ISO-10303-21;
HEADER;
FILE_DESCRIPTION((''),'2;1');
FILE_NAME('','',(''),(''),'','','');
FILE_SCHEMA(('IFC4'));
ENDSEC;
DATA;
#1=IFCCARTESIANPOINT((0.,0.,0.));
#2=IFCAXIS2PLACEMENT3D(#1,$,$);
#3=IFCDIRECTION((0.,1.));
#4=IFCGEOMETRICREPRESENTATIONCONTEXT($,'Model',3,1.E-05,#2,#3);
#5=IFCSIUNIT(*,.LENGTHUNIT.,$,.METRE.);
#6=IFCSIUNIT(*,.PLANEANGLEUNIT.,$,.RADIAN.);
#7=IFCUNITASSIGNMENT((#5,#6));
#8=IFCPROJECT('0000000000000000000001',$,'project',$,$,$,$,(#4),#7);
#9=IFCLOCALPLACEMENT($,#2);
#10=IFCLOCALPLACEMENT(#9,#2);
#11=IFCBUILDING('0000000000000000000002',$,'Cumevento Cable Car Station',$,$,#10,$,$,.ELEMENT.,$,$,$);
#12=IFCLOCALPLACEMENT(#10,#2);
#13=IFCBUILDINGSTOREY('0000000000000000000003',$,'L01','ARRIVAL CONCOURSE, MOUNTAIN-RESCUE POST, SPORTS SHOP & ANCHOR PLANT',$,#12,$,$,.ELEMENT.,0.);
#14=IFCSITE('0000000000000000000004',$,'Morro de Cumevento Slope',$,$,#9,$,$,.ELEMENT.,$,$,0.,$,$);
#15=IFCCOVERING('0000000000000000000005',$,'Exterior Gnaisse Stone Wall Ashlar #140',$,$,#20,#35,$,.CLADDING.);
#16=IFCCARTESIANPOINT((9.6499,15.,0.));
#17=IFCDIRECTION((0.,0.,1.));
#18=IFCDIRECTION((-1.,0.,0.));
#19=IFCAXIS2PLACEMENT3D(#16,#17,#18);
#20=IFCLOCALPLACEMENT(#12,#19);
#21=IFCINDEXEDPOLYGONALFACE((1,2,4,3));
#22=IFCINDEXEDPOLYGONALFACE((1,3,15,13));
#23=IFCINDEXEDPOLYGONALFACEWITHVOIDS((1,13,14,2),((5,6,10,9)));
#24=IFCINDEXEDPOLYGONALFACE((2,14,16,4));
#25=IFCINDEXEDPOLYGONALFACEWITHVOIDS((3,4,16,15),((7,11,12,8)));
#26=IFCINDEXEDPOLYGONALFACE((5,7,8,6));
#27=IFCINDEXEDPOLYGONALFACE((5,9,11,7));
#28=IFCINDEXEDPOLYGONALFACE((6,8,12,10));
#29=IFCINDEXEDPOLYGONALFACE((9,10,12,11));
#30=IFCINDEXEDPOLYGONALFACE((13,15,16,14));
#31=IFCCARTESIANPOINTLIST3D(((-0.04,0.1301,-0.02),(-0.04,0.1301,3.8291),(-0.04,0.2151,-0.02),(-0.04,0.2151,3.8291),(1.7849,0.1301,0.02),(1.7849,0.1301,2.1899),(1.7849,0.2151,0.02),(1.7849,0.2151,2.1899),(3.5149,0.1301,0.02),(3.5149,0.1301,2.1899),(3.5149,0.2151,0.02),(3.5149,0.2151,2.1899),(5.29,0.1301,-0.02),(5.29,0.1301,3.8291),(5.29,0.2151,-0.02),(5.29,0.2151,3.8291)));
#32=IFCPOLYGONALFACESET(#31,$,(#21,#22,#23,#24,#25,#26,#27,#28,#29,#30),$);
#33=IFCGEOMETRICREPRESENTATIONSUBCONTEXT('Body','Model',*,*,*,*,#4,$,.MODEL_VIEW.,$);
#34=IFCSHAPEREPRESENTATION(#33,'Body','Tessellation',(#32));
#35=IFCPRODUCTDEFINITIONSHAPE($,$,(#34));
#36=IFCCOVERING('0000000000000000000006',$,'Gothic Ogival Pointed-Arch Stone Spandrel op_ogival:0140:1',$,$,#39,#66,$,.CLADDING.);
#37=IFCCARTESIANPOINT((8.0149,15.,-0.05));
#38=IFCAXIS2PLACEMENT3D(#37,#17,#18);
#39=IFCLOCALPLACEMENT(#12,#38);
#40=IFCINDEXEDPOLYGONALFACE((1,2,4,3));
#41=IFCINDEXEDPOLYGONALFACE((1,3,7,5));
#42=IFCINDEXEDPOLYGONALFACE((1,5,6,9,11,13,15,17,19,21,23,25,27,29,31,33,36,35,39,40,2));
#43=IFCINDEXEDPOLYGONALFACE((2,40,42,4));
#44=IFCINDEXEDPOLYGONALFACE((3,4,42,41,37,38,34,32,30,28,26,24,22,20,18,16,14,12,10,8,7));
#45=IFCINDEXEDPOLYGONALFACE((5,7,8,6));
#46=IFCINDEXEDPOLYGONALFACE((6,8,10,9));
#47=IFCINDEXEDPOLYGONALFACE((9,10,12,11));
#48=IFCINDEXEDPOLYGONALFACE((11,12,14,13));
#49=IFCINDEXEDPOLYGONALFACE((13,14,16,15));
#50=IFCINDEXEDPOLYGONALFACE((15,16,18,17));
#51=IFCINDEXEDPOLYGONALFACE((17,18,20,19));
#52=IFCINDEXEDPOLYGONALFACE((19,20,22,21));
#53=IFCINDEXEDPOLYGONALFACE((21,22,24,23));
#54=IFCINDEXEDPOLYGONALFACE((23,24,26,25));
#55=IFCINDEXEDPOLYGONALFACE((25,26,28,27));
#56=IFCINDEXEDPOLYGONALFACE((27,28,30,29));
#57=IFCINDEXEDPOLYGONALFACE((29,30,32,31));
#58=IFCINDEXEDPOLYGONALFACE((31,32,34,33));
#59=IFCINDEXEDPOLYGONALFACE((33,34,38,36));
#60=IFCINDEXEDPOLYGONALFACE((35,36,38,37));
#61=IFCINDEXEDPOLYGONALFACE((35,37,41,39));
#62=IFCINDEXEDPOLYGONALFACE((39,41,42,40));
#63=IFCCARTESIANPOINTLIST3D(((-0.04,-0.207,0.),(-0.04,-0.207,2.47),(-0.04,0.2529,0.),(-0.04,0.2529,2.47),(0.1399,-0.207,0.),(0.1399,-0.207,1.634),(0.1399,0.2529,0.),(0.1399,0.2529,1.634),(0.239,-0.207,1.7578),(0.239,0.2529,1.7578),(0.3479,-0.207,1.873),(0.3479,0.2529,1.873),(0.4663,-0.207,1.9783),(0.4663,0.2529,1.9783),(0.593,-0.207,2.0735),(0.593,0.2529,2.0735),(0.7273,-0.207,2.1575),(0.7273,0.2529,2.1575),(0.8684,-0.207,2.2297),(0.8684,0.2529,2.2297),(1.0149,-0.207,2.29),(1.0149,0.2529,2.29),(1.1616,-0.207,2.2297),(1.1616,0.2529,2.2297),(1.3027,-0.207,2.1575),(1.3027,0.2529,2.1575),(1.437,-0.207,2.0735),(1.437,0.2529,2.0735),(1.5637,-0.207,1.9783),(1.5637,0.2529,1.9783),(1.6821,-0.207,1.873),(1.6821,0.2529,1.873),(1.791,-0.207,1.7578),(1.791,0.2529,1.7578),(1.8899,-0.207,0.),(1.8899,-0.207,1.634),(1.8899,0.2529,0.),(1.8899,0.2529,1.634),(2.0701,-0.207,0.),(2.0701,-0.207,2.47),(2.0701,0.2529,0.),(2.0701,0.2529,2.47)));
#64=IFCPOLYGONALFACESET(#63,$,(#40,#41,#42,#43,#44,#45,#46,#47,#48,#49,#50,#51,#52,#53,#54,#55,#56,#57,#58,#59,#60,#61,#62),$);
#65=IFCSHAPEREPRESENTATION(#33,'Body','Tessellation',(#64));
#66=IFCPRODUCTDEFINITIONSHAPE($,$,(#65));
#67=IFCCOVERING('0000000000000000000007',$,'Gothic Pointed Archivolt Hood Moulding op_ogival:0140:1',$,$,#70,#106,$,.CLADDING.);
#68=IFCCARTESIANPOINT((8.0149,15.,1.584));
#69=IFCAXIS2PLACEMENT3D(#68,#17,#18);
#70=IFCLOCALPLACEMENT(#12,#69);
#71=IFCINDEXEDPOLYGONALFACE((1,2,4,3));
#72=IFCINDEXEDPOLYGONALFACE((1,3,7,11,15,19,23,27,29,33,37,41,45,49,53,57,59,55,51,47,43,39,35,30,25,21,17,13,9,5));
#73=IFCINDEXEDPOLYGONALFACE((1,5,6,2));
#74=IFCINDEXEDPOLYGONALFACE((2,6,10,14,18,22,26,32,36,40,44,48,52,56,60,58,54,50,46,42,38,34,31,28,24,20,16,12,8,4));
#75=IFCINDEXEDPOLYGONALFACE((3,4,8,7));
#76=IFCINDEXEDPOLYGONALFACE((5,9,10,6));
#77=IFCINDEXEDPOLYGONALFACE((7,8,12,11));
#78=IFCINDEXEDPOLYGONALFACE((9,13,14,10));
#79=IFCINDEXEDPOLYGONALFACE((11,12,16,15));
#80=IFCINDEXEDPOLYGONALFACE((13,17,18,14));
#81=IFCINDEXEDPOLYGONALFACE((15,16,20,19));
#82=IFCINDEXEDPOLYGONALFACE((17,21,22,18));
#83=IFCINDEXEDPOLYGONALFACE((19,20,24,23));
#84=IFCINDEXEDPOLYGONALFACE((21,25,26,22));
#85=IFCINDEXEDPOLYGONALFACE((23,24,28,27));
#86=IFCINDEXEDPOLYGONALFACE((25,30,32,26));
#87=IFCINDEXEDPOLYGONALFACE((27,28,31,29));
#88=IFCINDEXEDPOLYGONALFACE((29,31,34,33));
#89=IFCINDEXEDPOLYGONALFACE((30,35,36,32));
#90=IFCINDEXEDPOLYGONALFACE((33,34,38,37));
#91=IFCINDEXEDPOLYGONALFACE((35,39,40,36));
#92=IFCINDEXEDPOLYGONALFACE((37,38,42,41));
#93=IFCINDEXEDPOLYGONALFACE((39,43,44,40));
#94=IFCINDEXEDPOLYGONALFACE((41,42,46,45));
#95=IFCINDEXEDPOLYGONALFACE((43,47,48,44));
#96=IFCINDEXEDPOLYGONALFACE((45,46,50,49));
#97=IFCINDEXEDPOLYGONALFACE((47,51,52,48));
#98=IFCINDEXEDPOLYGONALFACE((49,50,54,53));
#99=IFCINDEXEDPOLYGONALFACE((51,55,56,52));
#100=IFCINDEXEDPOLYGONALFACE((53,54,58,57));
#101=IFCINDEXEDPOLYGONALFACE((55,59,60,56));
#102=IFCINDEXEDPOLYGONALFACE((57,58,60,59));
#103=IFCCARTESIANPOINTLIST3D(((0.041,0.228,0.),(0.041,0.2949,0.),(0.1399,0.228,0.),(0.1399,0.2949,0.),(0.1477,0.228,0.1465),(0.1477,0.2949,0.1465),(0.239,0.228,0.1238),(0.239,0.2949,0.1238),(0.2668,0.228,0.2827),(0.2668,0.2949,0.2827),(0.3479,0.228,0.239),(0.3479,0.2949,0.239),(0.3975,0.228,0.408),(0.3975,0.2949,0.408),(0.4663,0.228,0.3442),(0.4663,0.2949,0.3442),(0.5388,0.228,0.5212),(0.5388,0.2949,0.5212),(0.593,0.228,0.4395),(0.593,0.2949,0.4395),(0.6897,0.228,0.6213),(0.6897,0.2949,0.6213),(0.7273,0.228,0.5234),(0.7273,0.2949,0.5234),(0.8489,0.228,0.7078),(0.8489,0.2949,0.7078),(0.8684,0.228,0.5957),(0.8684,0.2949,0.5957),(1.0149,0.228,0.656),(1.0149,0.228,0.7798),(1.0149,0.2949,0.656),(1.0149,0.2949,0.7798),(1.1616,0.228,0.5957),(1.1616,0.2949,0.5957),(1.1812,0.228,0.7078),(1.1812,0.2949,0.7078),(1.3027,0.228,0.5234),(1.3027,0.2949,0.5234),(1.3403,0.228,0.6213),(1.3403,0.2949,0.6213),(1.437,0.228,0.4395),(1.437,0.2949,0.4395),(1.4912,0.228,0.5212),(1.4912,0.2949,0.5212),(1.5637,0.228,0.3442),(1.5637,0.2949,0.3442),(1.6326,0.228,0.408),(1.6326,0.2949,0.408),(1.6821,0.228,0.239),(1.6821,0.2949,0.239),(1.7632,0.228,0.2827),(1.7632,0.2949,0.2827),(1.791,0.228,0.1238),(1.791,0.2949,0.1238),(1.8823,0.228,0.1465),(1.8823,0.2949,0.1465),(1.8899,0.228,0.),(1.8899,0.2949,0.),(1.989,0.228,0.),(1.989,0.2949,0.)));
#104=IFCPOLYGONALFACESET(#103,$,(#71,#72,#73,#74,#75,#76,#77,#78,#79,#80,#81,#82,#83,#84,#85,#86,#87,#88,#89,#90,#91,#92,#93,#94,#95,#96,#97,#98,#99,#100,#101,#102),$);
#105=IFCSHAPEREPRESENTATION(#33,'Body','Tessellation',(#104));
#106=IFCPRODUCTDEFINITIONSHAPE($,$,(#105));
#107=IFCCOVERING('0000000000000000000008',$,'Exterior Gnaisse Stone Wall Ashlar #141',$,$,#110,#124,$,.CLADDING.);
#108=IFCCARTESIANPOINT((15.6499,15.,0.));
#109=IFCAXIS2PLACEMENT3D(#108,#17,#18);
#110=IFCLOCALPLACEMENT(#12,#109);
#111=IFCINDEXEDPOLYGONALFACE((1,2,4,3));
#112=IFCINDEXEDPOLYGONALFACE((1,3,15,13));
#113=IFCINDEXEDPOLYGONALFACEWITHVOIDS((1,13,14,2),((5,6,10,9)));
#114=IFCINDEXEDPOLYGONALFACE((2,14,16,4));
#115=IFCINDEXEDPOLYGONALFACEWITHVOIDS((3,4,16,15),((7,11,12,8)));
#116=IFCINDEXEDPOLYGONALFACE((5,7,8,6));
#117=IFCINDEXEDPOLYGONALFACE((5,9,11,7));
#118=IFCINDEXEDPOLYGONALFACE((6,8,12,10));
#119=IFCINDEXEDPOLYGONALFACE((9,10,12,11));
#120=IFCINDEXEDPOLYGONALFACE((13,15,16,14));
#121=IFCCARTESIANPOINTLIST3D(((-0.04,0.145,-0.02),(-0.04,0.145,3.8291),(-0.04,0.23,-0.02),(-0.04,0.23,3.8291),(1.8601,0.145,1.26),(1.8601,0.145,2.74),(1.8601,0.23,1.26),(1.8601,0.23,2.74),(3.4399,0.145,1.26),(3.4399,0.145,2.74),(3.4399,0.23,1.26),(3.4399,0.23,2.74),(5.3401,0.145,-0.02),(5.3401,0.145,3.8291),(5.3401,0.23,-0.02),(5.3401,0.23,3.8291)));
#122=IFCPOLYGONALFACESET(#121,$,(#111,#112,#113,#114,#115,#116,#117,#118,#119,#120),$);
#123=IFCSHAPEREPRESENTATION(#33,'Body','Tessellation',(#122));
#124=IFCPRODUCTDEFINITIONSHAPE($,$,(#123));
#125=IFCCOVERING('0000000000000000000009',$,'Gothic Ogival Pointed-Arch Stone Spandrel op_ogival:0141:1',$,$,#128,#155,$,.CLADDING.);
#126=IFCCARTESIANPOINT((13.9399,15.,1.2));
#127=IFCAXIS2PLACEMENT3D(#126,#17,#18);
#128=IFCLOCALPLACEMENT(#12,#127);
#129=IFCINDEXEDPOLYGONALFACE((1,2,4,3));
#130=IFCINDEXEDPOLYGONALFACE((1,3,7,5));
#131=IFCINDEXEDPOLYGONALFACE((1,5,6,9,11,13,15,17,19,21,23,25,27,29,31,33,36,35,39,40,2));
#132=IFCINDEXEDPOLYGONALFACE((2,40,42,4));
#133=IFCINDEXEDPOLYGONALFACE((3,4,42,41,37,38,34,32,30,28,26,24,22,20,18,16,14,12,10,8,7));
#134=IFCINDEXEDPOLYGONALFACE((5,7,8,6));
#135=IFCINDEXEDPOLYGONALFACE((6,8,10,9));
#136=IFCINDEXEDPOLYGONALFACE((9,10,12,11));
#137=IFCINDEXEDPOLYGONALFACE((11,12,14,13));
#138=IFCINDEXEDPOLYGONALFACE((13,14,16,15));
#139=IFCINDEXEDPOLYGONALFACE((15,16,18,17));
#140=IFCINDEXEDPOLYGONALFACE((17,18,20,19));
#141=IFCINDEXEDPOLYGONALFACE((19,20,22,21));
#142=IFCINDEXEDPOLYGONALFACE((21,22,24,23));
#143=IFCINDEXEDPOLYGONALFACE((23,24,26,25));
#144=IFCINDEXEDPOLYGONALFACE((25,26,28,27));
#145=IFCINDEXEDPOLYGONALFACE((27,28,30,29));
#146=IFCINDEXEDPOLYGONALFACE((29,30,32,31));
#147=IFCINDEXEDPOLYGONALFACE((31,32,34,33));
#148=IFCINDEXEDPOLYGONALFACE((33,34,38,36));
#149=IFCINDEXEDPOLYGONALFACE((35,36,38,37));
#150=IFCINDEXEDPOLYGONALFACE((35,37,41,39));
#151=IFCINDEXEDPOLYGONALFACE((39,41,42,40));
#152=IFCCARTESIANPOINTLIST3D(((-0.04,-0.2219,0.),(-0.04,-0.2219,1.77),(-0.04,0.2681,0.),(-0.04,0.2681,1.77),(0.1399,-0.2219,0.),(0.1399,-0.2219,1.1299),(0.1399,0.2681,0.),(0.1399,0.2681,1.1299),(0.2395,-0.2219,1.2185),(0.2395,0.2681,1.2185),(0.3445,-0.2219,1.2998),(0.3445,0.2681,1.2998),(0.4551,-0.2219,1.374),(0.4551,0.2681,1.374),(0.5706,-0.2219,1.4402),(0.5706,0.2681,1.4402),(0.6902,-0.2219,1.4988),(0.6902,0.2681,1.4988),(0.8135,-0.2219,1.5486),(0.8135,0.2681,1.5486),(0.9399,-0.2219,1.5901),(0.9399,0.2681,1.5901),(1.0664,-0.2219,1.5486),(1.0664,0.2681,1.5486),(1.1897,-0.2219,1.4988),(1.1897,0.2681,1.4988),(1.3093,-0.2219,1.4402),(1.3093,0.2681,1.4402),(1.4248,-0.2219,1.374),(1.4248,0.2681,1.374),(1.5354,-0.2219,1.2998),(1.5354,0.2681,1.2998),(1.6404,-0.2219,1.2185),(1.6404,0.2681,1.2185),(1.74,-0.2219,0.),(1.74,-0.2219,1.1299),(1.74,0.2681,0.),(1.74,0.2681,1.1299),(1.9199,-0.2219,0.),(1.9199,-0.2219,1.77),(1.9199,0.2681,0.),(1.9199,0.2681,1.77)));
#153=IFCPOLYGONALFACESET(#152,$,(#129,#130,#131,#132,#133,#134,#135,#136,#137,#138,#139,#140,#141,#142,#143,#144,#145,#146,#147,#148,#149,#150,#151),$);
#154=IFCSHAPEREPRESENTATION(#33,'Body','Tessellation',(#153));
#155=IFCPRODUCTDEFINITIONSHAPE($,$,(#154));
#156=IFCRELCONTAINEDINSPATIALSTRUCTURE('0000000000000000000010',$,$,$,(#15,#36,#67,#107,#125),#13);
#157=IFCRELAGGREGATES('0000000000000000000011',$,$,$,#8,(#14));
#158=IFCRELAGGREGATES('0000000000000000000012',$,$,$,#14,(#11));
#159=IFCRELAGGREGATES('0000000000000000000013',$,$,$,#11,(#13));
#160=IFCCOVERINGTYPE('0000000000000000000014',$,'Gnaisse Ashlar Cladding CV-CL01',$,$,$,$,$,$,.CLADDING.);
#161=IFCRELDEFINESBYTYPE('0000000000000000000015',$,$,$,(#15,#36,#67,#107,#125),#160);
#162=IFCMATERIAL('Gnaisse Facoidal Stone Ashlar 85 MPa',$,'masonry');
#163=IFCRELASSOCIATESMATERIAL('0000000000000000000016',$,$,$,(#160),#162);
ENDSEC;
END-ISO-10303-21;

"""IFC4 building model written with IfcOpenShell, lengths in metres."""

from ifc_helpers import new_model, si_unit, direction, frame, origin, place, context, subcontext, project, spatial, polyline, outline, extrude, material, type_object, element, save


model = new_model("IFC4")

# Units and contexts
model_context = context("Model", 3, precision=1e-05, world=origin(), true_north=direction((0.0, 1.0)))
body_context = subcontext(model_context, "Body", "Model", "MODEL_VIEW")
ifc_project = project(units=[si_unit("LENGTHUNIT", "METRE"), si_unit("PLANEANGLEUNIT", "RADIAN")], contexts=[model_context])

# Site, building, storey
site_placement = place(None, origin())
site = spatial("IfcSite", under=ifc_project, at=site_placement, Name="Morro de Cumevento Slope", CompositionType="ELEMENT", RefElevation=0.0)
building_placement = place(site_placement, origin())
building = spatial("IfcBuilding", under=site, at=building_placement, Name="Cumevento Cable Car Station", CompositionType="ELEMENT")
storey_placement = place(building_placement, origin())
storey = spatial("IfcBuildingStorey", under=building, at=storey_placement, Name="L01", Description="ARRIVAL CONCOURSE, MOUNTAIN-RESCUE POST, SPORTS SHOP & ANCHOR PLANT", CompositionType="ELEMENT", Elevation=0.0)

# Coverings
ifc_material_1 = material(Name="Gnaisse Facoidal Stone Ashlar 85 MPa", Category="masonry")
covering_type = type_object("IfcCoveringType", Name="Gnaisse Ashlar Cladding CV-CL01", PredefinedType="CLADDING", material=ifc_material_1)
covering_1_placement = place(storey_placement, frame((9.6499, 15.0, 0.0), z_axis=(0.0, 0.0, 1.0), x_axis=(-1.0, 0.0, 0.0)))
element("IfcCovering", 1, at=covering_1_placement, inside=storey, type_object=covering_type, Name="Exterior Gnaisse Stone Wall Ashlar #140", PredefinedType="CLADDING", context=body_context, shape_type="SweptSolid", body=[
    extrude(outline(polyline([(-0.04, -0.02), (5.29, -0.02), (5.29, 3.8291), (-0.04, 3.8291), (-0.04, -0.02)]), holes=[polyline([(1.7849, 0.02), (3.5149, 0.02), (3.5149, 2.1899), (1.7849, 2.1899), (1.7849, 0.02)])]), frame((0.0, 0.2151, 0.0), z_axis=(0.0, -1.0, 0.0), x_axis=(1.0, 0.0, 0.0)), (0.0, 0.0, 1.0), 0.085),
])
covering_2_placement = place(storey_placement, frame((8.0149, 15.0, -0.05), z_axis=(0.0, 0.0, 1.0), x_axis=(-1.0, 0.0, 0.0)))
element("IfcCovering", 2, at=covering_2_placement, inside=storey, type_object=covering_type, Name="Gothic Ogival Pointed-Arch Stone Spandrel op_ogival:0140:1", PredefinedType="CLADDING", context=body_context, shape_type="SweptSolid", body=[
    extrude(outline(polyline([(-0.04, 0.0), (-0.04, 2.47), (2.0701, 2.47), (2.0701, 0.0), (1.8899, 0.0), (1.8899, 1.634), (1.791, 1.7578), (1.6821, 1.873), (1.5637, 1.9783), (1.437, 2.0735), (1.3027, 2.1575), (1.1616, 2.2297), (1.0149, 2.29), (0.8684, 2.2297), (0.7273, 2.1575), (0.593, 2.0735), (0.4663, 1.9783), (0.3479, 1.873), (0.239, 1.7578), (0.1399, 1.634), (0.1399, 0.0), (-0.04, 0.0)])), frame((0.0, 0.2529, 0.0), z_axis=(0.0, -1.0, 0.0), x_axis=(1.0, 0.0, 0.0)), (0.0, 0.0, 1.0), 0.46),
])
covering_3_placement = place(storey_placement, frame((8.0149, 15.0, 1.584), z_axis=(0.0, 0.0, 1.0), x_axis=(-1.0, 0.0, 0.0)))
element("IfcCovering", 3, at=covering_3_placement, inside=storey, type_object=covering_type, Name="Gothic Pointed Archivolt Hood Moulding op_ogival:0140:1", PredefinedType="CLADDING", context=body_context, shape_type="SweptSolid", body=[
    extrude(outline(polyline([(0.1399, 0.0), (0.239, 0.1238), (0.3479, 0.239), (0.4663, 0.3442), (0.593, 0.4395), (0.7273, 0.5234), (0.8684, 0.5957), (1.0149, 0.656), (1.1616, 0.5957), (1.3027, 0.5234), (1.437, 0.4395), (1.5637, 0.3442), (1.6821, 0.239), (1.791, 0.1238), (1.8899, 0.0), (1.989, 0.0), (1.8823, 0.1465), (1.7632, 0.2827), (1.6326, 0.408), (1.4912, 0.5212), (1.3403, 0.6213), (1.1812, 0.7078), (1.0149, 0.7798), (0.8489, 0.7078), (0.6897, 0.6213), (0.5388, 0.5212), (0.3975, 0.408), (0.2668, 0.2827), (0.1477, 0.1465), (0.041, 0.0), (0.1399, 0.0)])), frame((0.0, 0.2949, 0.0), z_axis=(0.0, -1.0, 0.0), x_axis=(1.0, 0.0, 0.0)), (0.0, 0.0, 1.0), 0.0669),
])
covering_4_placement = place(storey_placement, frame((15.6499, 15.0, 0.0), z_axis=(0.0, 0.0, 1.0), x_axis=(-1.0, 0.0, 0.0)))
element("IfcCovering", 4, at=covering_4_placement, inside=storey, type_object=covering_type, Name="Exterior Gnaisse Stone Wall Ashlar #141", PredefinedType="CLADDING", context=body_context, shape_type="SweptSolid", body=[
    extrude(outline(polyline([(-0.04, -0.02), (5.3401, -0.02), (5.3401, 3.8291), (-0.04, 3.8291), (-0.04, -0.02)]), holes=[polyline([(1.8601, 1.26), (3.4399, 1.26), (3.4399, 2.74), (1.8601, 2.74), (1.8601, 1.26)])]), frame((0.0, 0.23, 0.0), z_axis=(0.0, -1.0, 0.0), x_axis=(1.0, 0.0, 0.0)), (0.0, 0.0, 1.0), 0.085),
])
covering_5_placement = place(storey_placement, frame((13.9399, 15.0, 1.2), z_axis=(0.0, 0.0, 1.0), x_axis=(-1.0, 0.0, 0.0)))
element("IfcCovering", 5, at=covering_5_placement, inside=storey, type_object=covering_type, Name="Gothic Ogival Pointed-Arch Stone Spandrel op_ogival:0141:1", PredefinedType="CLADDING", context=body_context, shape_type="SweptSolid", body=[
    extrude(outline(polyline([(-0.04, 0.0), (-0.04, 1.77), (1.9199, 1.77), (1.9199, 0.0), (1.74, 0.0), (1.74, 1.1299), (1.6404, 1.2185), (1.5354, 1.2998), (1.4248, 1.374), (1.3093, 1.4402), (1.1897, 1.4988), (1.0664, 1.5486), (0.9399, 1.5901), (0.8135, 1.5486), (0.6902, 1.4988), (0.5706, 1.4402), (0.4551, 1.374), (0.3445, 1.2998), (0.2395, 1.2185), (0.1399, 1.1299), (0.1399, 0.0), (-0.04, 0.0)])), frame((0.0, 0.2681, 0.0), z_axis=(0.0, -1.0, 0.0), x_axis=(1.0, 0.0, 0.0)), (0.0, 0.0, 1.0), 0.49),
])

save(model, "model.ifc")
